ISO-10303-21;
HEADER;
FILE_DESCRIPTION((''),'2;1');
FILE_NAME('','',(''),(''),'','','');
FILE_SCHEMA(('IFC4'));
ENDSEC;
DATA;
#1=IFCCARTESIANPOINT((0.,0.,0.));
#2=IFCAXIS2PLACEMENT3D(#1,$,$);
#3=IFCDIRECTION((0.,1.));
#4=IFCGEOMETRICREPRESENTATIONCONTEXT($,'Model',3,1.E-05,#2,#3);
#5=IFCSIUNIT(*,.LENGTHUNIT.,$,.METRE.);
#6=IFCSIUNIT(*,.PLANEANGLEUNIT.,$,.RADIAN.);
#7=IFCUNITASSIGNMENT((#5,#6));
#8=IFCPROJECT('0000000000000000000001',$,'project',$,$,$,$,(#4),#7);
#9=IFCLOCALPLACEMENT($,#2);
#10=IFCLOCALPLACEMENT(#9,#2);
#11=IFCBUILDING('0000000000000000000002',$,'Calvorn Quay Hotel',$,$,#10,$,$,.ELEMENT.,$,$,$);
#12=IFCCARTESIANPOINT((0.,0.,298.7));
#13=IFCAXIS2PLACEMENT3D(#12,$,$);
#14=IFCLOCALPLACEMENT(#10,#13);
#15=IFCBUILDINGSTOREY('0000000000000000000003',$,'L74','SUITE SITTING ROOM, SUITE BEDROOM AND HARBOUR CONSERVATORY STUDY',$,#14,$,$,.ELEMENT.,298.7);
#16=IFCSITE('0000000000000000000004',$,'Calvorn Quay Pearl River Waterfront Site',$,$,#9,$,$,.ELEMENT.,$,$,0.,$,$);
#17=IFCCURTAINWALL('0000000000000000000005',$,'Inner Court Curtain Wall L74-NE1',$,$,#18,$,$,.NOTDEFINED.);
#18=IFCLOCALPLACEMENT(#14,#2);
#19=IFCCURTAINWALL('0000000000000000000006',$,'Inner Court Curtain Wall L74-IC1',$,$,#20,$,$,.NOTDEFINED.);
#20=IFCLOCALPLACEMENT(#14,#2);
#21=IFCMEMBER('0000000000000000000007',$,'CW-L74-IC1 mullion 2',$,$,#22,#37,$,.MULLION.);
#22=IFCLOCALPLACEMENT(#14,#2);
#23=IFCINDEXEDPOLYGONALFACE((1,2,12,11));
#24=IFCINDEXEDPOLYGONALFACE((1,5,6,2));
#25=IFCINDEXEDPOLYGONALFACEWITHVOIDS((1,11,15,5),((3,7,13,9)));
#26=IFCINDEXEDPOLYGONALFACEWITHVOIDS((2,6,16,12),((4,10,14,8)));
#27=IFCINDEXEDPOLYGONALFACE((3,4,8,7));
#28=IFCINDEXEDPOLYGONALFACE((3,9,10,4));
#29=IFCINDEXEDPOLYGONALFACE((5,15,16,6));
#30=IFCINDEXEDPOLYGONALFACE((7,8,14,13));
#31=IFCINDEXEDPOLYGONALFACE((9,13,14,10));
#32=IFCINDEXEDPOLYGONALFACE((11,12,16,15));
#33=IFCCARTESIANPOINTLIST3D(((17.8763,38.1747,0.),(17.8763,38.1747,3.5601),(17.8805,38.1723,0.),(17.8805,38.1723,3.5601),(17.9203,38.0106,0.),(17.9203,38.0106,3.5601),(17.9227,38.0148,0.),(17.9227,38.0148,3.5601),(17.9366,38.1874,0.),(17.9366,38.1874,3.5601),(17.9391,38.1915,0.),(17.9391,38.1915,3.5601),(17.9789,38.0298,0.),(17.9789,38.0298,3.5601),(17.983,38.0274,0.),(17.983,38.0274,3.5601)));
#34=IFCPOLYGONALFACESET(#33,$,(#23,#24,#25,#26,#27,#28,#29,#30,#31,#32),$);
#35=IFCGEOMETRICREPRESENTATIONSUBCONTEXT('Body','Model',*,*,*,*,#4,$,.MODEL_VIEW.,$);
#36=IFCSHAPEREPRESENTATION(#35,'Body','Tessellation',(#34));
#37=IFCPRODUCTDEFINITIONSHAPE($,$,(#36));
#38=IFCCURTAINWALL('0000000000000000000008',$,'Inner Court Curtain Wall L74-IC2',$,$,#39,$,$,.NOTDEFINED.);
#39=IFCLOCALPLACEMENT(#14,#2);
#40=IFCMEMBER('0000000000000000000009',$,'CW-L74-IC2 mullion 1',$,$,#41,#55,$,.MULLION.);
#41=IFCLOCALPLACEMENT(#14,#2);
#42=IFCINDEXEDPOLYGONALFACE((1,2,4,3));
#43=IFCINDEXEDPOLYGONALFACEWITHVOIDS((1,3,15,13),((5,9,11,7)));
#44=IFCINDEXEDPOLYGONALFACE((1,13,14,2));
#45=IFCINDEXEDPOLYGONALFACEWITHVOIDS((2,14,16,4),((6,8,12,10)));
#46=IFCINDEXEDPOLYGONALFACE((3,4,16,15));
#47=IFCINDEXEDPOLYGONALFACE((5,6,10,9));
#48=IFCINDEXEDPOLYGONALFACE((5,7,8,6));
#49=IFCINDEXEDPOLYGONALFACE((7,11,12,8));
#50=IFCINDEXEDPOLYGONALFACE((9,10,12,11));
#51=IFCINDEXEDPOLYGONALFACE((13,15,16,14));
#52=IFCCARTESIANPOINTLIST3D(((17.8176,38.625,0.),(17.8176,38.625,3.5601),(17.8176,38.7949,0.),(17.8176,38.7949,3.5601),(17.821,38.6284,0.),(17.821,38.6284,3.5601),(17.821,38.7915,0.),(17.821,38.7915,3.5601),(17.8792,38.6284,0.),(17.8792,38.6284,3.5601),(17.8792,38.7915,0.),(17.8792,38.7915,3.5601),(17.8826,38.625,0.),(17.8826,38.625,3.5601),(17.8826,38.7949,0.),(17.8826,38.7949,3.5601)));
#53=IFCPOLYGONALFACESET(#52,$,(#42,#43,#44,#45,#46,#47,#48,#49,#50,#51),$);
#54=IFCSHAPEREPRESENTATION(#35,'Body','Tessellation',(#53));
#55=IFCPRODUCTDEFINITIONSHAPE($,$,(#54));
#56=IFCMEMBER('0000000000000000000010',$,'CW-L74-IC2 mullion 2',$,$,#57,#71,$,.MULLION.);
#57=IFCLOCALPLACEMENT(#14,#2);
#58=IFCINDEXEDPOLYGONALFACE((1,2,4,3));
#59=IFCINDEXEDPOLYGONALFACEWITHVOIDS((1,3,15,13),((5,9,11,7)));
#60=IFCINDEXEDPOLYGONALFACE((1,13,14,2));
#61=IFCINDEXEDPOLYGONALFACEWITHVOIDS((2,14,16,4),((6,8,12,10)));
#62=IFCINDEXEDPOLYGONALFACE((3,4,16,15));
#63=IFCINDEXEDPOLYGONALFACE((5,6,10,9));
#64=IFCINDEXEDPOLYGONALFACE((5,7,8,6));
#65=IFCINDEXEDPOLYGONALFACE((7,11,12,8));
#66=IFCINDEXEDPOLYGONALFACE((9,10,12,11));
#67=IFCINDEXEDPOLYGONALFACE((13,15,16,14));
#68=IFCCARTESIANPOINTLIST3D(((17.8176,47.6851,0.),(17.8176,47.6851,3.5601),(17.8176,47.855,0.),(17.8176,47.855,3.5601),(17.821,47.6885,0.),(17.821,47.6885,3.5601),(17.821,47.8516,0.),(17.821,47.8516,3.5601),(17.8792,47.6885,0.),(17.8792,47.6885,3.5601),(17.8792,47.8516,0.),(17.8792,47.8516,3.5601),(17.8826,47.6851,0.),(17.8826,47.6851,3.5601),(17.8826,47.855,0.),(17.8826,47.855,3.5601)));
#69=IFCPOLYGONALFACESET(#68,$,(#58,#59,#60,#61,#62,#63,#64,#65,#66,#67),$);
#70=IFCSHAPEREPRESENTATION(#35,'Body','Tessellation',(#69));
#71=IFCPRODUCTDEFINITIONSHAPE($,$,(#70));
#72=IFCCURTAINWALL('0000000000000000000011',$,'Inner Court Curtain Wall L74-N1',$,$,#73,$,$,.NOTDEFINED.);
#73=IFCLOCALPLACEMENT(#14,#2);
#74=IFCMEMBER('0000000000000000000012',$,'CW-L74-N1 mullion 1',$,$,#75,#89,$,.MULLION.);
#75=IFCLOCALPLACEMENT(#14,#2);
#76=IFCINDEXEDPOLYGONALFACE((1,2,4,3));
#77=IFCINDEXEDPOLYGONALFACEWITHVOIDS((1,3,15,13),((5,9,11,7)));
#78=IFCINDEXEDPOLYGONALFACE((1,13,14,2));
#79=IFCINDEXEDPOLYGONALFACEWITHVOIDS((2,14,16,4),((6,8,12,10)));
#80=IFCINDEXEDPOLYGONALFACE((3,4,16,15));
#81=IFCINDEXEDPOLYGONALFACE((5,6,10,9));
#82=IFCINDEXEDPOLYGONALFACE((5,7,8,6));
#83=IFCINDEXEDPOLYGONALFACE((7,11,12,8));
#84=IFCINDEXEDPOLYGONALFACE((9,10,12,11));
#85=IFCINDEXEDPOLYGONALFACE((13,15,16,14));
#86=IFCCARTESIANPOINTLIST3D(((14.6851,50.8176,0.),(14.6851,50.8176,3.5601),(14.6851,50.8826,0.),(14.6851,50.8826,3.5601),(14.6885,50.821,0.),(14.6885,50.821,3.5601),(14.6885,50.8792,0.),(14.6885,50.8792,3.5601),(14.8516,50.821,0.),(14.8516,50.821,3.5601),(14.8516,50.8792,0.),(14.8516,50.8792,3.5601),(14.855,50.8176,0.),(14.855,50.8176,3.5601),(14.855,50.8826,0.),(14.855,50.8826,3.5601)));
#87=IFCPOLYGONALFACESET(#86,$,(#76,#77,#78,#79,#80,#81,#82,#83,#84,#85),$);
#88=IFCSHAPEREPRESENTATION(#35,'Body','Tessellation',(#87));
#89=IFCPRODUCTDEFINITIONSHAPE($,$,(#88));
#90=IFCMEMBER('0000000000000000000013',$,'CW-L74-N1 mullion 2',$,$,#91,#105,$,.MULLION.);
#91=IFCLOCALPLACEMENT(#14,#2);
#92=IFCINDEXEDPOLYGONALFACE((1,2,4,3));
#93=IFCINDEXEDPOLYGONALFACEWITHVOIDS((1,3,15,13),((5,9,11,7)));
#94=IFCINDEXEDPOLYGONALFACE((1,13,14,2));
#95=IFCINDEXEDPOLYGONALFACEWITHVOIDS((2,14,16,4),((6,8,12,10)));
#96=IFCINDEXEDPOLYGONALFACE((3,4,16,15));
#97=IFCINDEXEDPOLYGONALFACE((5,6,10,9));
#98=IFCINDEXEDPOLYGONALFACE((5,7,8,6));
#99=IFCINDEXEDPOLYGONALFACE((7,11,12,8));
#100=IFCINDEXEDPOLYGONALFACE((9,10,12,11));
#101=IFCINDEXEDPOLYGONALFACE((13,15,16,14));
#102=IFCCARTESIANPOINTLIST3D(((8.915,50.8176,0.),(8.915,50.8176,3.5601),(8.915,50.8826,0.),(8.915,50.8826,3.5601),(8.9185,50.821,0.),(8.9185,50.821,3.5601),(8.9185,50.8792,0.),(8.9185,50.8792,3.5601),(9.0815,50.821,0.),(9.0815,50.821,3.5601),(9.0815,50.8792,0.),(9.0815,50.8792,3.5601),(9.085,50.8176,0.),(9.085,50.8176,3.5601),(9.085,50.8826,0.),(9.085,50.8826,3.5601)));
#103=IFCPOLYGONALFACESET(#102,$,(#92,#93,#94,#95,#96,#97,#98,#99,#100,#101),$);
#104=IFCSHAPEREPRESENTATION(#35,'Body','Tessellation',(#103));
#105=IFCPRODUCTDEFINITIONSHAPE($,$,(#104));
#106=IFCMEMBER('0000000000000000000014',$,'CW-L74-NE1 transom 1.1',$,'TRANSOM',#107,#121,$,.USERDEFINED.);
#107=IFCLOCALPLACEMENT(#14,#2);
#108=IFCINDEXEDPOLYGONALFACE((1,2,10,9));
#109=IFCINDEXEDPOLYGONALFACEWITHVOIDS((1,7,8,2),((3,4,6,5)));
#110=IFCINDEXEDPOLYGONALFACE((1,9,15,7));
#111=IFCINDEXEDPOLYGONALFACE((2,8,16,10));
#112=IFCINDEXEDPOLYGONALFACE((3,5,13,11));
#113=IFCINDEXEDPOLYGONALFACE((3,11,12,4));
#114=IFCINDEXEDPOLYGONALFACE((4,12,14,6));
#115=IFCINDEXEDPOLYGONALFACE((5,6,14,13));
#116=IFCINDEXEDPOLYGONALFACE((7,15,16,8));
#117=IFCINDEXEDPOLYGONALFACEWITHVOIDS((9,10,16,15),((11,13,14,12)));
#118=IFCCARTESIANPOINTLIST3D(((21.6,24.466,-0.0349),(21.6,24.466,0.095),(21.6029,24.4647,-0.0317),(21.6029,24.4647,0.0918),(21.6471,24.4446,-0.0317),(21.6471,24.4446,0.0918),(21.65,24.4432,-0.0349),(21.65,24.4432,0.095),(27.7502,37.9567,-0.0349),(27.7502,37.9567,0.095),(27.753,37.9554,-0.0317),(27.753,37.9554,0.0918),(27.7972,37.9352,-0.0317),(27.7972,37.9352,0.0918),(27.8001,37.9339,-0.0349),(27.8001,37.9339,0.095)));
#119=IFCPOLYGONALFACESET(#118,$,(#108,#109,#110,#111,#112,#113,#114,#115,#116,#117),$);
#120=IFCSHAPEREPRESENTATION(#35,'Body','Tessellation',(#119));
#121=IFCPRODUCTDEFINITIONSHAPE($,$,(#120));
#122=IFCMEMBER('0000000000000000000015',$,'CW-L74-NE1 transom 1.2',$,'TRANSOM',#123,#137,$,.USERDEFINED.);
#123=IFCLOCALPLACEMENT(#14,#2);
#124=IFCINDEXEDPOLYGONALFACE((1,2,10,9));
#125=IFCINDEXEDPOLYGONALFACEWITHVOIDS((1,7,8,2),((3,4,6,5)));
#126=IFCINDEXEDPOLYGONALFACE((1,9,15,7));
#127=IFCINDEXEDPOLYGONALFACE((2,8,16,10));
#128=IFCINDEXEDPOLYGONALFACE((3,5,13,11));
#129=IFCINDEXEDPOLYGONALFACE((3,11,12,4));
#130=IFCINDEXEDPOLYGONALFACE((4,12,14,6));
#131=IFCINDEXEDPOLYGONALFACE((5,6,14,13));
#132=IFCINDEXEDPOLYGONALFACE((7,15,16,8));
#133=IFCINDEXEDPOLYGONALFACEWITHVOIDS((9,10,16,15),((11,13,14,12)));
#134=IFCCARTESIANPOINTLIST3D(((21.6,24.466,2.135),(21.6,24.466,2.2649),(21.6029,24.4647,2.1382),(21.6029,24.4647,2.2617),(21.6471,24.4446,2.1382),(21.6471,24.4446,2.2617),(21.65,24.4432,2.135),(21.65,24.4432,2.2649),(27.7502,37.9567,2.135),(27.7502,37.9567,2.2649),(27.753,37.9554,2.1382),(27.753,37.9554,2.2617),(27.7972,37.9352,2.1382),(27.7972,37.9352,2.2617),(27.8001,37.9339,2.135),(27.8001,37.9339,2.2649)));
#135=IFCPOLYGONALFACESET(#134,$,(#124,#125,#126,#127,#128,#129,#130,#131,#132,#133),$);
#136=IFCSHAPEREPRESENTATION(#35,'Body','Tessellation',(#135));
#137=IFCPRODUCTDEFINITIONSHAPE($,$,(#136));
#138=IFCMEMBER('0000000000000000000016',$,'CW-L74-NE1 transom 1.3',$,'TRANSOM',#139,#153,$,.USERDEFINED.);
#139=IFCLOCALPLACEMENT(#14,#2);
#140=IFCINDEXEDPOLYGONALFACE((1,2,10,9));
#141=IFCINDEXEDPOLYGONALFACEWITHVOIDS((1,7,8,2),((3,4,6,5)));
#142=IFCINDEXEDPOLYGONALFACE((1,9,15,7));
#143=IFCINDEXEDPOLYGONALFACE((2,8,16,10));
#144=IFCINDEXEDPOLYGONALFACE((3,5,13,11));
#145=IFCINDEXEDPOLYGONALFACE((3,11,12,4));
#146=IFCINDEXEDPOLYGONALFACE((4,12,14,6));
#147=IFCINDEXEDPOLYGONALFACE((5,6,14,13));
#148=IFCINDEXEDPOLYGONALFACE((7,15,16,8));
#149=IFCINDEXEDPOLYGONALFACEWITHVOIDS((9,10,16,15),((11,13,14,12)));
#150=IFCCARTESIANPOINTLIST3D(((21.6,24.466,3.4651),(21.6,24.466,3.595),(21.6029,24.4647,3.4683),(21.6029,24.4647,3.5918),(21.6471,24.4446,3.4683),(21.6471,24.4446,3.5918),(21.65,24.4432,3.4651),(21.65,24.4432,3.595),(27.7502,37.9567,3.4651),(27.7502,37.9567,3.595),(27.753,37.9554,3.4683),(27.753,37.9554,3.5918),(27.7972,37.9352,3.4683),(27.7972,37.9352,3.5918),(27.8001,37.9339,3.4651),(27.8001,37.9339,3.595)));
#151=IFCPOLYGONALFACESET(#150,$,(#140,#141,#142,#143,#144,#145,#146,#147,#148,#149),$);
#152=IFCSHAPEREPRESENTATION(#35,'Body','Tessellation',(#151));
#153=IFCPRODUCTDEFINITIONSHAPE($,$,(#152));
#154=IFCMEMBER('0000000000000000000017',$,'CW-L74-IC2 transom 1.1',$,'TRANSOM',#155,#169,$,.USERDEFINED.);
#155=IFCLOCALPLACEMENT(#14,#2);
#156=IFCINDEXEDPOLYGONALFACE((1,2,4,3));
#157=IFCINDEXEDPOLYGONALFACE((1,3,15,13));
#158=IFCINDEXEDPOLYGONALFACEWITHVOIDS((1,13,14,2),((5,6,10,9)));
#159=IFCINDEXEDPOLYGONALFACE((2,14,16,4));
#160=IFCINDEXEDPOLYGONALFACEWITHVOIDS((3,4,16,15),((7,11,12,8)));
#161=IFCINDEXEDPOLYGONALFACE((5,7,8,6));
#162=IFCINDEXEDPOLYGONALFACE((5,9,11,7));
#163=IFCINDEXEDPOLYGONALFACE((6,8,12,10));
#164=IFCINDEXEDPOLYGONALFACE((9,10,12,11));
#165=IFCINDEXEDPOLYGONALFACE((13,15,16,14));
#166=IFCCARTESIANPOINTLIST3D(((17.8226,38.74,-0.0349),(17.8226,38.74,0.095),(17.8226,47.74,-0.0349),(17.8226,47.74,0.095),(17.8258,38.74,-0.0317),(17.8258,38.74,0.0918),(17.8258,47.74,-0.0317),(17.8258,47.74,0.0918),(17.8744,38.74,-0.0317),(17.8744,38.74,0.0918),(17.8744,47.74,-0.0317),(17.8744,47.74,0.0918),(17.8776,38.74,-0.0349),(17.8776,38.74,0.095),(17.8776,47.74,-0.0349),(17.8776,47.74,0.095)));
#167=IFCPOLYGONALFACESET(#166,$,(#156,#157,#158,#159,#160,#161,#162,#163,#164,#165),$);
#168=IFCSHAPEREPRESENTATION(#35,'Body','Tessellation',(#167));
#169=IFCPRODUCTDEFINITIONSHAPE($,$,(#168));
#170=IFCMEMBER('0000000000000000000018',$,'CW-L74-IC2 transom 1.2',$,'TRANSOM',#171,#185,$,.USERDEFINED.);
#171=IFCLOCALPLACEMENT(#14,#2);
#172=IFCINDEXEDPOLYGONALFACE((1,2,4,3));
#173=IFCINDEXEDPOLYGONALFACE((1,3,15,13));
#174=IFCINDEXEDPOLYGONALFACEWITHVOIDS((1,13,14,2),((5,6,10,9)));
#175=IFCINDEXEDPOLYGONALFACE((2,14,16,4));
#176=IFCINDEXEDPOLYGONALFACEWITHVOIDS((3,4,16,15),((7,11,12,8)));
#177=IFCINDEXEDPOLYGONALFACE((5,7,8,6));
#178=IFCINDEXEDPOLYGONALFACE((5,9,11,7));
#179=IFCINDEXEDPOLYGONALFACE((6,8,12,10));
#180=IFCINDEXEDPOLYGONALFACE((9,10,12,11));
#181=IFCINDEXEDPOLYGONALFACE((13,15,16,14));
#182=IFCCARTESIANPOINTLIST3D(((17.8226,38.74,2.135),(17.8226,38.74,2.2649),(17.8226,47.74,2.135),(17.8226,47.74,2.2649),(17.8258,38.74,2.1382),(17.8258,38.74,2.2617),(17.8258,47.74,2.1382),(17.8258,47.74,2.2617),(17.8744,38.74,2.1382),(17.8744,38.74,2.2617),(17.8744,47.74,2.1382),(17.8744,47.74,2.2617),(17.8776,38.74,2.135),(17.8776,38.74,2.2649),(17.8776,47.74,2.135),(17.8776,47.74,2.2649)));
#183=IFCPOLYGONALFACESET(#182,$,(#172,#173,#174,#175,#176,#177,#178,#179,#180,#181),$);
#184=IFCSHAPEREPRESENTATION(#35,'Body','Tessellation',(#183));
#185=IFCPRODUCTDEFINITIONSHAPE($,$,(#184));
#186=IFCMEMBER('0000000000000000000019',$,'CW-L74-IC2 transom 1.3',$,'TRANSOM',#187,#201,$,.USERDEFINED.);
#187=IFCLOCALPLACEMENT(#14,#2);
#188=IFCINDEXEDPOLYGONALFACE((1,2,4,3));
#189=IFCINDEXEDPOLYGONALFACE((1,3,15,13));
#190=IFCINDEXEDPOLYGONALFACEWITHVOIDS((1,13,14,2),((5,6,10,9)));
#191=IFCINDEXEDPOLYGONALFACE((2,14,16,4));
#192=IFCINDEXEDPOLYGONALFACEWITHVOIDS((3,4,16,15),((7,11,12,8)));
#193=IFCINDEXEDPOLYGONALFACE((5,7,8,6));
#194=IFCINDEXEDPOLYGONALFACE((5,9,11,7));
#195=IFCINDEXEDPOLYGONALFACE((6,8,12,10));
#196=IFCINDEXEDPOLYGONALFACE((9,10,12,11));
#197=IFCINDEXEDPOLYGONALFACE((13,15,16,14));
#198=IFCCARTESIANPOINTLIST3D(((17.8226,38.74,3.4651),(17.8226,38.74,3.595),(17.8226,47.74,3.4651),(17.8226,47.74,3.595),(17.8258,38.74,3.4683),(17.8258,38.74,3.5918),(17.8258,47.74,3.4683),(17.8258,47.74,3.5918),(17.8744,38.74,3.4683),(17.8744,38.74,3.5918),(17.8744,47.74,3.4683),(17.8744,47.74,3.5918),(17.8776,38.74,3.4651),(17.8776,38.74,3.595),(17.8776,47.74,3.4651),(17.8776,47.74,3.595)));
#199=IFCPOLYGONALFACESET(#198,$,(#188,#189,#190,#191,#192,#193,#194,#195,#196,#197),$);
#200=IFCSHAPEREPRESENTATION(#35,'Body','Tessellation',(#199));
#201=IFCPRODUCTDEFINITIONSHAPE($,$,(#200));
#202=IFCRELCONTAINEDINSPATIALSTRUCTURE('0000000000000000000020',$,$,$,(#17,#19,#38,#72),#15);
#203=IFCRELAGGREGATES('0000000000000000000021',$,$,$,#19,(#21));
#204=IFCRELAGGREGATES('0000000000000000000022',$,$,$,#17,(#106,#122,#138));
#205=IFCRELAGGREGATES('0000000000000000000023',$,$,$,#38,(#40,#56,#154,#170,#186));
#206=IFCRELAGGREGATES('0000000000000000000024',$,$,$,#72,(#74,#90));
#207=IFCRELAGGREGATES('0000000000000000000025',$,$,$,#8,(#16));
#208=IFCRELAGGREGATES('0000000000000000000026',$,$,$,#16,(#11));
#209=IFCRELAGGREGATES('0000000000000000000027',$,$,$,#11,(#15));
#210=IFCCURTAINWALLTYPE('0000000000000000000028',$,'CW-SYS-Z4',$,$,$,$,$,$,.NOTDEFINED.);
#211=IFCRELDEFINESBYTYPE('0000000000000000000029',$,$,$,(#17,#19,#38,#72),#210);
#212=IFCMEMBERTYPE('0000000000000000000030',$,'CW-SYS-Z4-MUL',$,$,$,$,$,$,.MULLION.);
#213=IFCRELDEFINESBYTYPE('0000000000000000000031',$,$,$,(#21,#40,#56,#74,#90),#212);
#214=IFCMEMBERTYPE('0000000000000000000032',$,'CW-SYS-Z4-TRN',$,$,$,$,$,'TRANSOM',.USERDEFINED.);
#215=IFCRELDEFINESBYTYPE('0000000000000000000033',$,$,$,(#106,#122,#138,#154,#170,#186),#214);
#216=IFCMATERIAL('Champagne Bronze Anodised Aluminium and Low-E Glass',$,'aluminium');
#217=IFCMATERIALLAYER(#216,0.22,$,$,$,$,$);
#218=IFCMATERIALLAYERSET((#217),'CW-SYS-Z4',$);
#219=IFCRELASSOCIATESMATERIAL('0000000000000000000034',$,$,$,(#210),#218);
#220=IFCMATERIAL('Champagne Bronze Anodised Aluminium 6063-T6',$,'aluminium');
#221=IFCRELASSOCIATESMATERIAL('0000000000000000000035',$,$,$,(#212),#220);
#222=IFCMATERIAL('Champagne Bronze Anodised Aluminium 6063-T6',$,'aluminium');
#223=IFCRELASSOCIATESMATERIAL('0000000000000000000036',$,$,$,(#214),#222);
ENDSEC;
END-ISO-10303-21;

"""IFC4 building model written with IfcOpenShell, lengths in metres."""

from ifc_helpers import new_model, si_unit, direction, frame, origin, origin_2d, place, context, subcontext, project, spatial, hollow_rectangle, extrude, material, layer, layer_set, material_profile, profile_set, type_object, element, aggregate, save


model = new_model("IFC4")

# Units and contexts
model_context = context("Model", 3, precision=1e-05, world=origin(), true_north=direction((0.0, 1.0)))
body_context = subcontext(model_context, "Body", "Model", "MODEL_VIEW")
ifc_project = project(units=[si_unit("LENGTHUNIT", "METRE"), si_unit("PLANEANGLEUNIT", "RADIAN")], contexts=[model_context])

# Site, building, storey
site_placement = place(None, origin())
site = spatial("IfcSite", under=ifc_project, at=site_placement, Name="Calvorn Quay Pearl River Waterfront Site", CompositionType="ELEMENT", RefElevation=0.0)
building_placement = place(site_placement, origin())
building = spatial("IfcBuilding", under=site, at=building_placement, Name="Calvorn Quay Hotel", CompositionType="ELEMENT")
storey_placement = place(building_placement, frame((0.0, 0.0, 298.7)))
storey = spatial("IfcBuildingStorey", under=building, at=storey_placement, Name="L74", Description="SUITE SITTING ROOM, SUITE BEDROOM AND HARBOUR CONSERVATORY STUDY", CompositionType="ELEMENT", Elevation=298.7)

# Curtain walls, member
ifc_material_1 = material(Name="Champagne Bronze Anodised Aluminium and Low-E Glass", Category="aluminium")
ifc_layer_1 = layer(ifc_material_1, 0.22)
ifc_layer_set_1 = layer_set([ifc_layer_1], Name="CW-SYS-Z4")
curtain_wall_type = type_object("IfcCurtainWallType", Name="CW-SYS-Z4", PredefinedType="NOTDEFINED", material=ifc_layer_set_1)
curtain_wall_1_placement = place(storey_placement, origin())
curtain_wall_1 = element("IfcCurtainWall", 1, at=curtain_wall_1_placement, inside=storey, type_object=curtain_wall_type, Name="Inner Court Curtain Wall L74-NE1", PredefinedType="NOTDEFINED")
ifc_material_2 = material(Name="Champagne Bronze Anodised Aluminium 6063-T6", Category="aluminium")
ifc_material_profile_1 = material_profile(ifc_material_2, hollow_rectangle(XDim=0.0649, YDim=0.1699, WallThickness=0.0034, at=origin_2d()), Name="ALU-M170x65x3.5")
ifc_profile_set_1 = profile_set([ifc_material_profile_1], Name="Champagne Bronze Anodised Aluminium 6063-T6")
member_type_1 = type_object("IfcMemberType", Name="CW-SYS-Z4-MUL", PredefinedType="MULLION", material=ifc_profile_set_1)
curtain_wall_2_placement = place(storey_placement, origin())
curtain_wall_2 = element("IfcCurtainWall", 2, at=curtain_wall_2_placement, inside=storey, type_object=curtain_wall_type, Name="Inner Court Curtain Wall L74-IC1", PredefinedType="NOTDEFINED")
member_1_placement = place(storey_placement, frame((17.9297, 38.1011, 0.0), z_axis=(0.0, 0.0, 1.0), x_axis=(-0.965937, -0.258779, 0.0)))
member_1 = element("IfcMember", 3, at=member_1_placement, type_object=member_type_1, Name="CW-L74-IC1 mullion 2", PredefinedType="MULLION", context=body_context, shape_type="SweptSolid", body=[
    extrude(hollow_rectangle(XDim=0.0649, YDim=0.1699, WallThickness=0.0034, at=origin_2d()), origin(), (0.0, 0.0, 1.0), 3.5601),
])
aggregate(curtain_wall_2, [member_1])

# Curtain walls, members
curtain_wall_3_placement = place(storey_placement, origin())
curtain_wall_3 = element("IfcCurtainWall", 4, at=curtain_wall_3_placement, inside=storey, type_object=curtain_wall_type, Name="Inner Court Curtain Wall L74-IC2", PredefinedType="NOTDEFINED")
member_2_placement = place(storey_placement, frame((17.8501, 38.71, 0.0), z_axis=(0.0, 0.0, 1.0), x_axis=(-1.0, 0.0, 0.0)))
member_2 = element("IfcMember", 5, at=member_2_placement, type_object=member_type_1, Name="CW-L74-IC2 mullion 1", PredefinedType="MULLION", context=body_context, shape_type="SweptSolid", body=[
    extrude(hollow_rectangle(XDim=0.0649, YDim=0.1699, WallThickness=0.0034, at=origin_2d()), origin(), (0.0, 0.0, 1.0), 3.5601),
])
member_3_placement = place(storey_placement, frame((17.8501, 47.77, 0.0), z_axis=(0.0, 0.0, 1.0), x_axis=(-1.0, 0.0, 0.0)))
member_3 = element("IfcMember", 6, at=member_3_placement, type_object=member_type_1, Name="CW-L74-IC2 mullion 2", PredefinedType="MULLION", context=body_context, shape_type="SweptSolid", body=[
    extrude(hollow_rectangle(XDim=0.0649, YDim=0.1699, WallThickness=0.0034, at=origin_2d()), origin(), (0.0, 0.0, 1.0), 3.5601),
])
curtain_wall_4_placement = place(storey_placement, origin())
curtain_wall_4 = element("IfcCurtainWall", 7, at=curtain_wall_4_placement, inside=storey, type_object=curtain_wall_type, Name="Inner Court Curtain Wall L74-N1", PredefinedType="NOTDEFINED")
member_4_placement = place(storey_placement, frame((14.77, 50.8501, 0.0), z_axis=(0.0, 0.0, 1.0), x_axis=(0.0, -1.0, 0.0)))
member_4 = element("IfcMember", 8, at=member_4_placement, type_object=member_type_1, Name="CW-L74-N1 mullion 1", PredefinedType="MULLION", context=body_context, shape_type="SweptSolid", body=[
    extrude(hollow_rectangle(XDim=0.0649, YDim=0.1699, WallThickness=0.0034, at=origin_2d()), origin(), (0.0, 0.0, 1.0), 3.5601),
])
member_5_placement = place(storey_placement, frame((9.0, 50.8501, 0.0), z_axis=(0.0, 0.0, 1.0), x_axis=(0.0, -1.0, 0.0)))
member_5 = element("IfcMember", 9, at=member_5_placement, type_object=member_type_1, Name="CW-L74-N1 mullion 2", PredefinedType="MULLION", context=body_context, shape_type="SweptSolid", body=[
    extrude(hollow_rectangle(XDim=0.0649, YDim=0.1699, WallThickness=0.0034, at=origin_2d()), origin(), (0.0, 0.0, 1.0), 3.5601),
])

# Members
ifc_material_3 = material(Name="Champagne Bronze Anodised Aluminium 6063-T6", Category="aluminium")
ifc_material_profile_2 = material_profile(ifc_material_3, hollow_rectangle(XDim=0.0549, YDim=0.1299, WallThickness=0.0032, at=origin_2d()), Name="ALU-T130x55x3.2")
ifc_profile_set_2 = profile_set([ifc_material_profile_2], Name="Champagne Bronze Anodised Aluminium 6063-T6")
member_type_2 = type_object("IfcMemberType", Name="CW-SYS-Z4-TRN", ElementType="TRANSOM", PredefinedType="USERDEFINED", material=ifc_profile_set_2)
member_6_placement = place(storey_placement, frame((27.7751, 37.9453, 0.03), z_axis=(-0.414809, -0.909909, 0.0), x_axis=(0.909909, -0.414809, 0.0)))
member_6 = element("IfcMember", 10, at=member_6_placement, type_object=member_type_2, Name="CW-L74-NE1 transom 1.1", ObjectType="TRANSOM", PredefinedType="USERDEFINED", context=body_context, shape_type="SweptSolid", body=[
    extrude(hollow_rectangle(XDim=0.0549, YDim=0.1299, WallThickness=0.0032, at=origin_2d()), origin(), (0.0, 0.0, 1.0), 14.8264),
])
member_7_placement = place(storey_placement, frame((27.7751, 37.9453, 2.2), z_axis=(-0.414809, -0.909909, 0.0), x_axis=(0.909909, -0.414809, 0.0)))
member_7 = element("IfcMember", 11, at=member_7_placement, type_object=member_type_2, Name="CW-L74-NE1 transom 1.2", ObjectType="TRANSOM", PredefinedType="USERDEFINED", context=body_context, shape_type="SweptSolid", body=[
    extrude(hollow_rectangle(XDim=0.0549, YDim=0.1299, WallThickness=0.0032, at=origin_2d()), origin(), (0.0, 0.0, 1.0), 14.8264),
])
member_8_placement = place(storey_placement, frame((27.7751, 37.9453, 3.53), z_axis=(-0.414809, -0.909909, 0.0), x_axis=(0.909909, -0.414809, 0.0)))
member_8 = element("IfcMember", 12, at=member_8_placement, type_object=member_type_2, Name="CW-L74-NE1 transom 1.3", ObjectType="TRANSOM", PredefinedType="USERDEFINED", context=body_context, shape_type="SweptSolid", body=[
    extrude(hollow_rectangle(XDim=0.0549, YDim=0.1299, WallThickness=0.0032, at=origin_2d()), origin(), (0.0, 0.0, 1.0), 14.8264),
])
aggregate(curtain_wall_1, [member_6, member_7, member_8])
member_9_placement = place(storey_placement, frame((17.8501, 38.74, 0.03), z_axis=(0.0, 1.0, 0.0), x_axis=(-1.0, 0.0, 0.0)))
member_9 = element("IfcMember", 13, at=member_9_placement, type_object=member_type_2, Name="CW-L74-IC2 transom 1.1", ObjectType="TRANSOM", PredefinedType="USERDEFINED", context=body_context, shape_type="SweptSolid", body=[
    extrude(hollow_rectangle(XDim=0.0549, YDim=0.1299, WallThickness=0.0032, at=origin_2d()), origin(), (0.0, 0.0, 1.0), 9.0),
])
member_10_placement = place(storey_placement, frame((17.8501, 38.74, 2.2), z_axis=(0.0, 1.0, 0.0), x_axis=(-1.0, 0.0, 0.0)))
member_10 = element("IfcMember", 14, at=member_10_placement, type_object=member_type_2, Name="CW-L74-IC2 transom 1.2", ObjectType="TRANSOM", PredefinedType="USERDEFINED", context=body_context, shape_type="SweptSolid", body=[
    extrude(hollow_rectangle(XDim=0.0549, YDim=0.1299, WallThickness=0.0032, at=origin_2d()), origin(), (0.0, 0.0, 1.0), 9.0),
])
member_11_placement = place(storey_placement, frame((17.8501, 38.74, 3.53), z_axis=(0.0, 1.0, 0.0), x_axis=(-1.0, 0.0, 0.0)))
member_11 = element("IfcMember", 15, at=member_11_placement, type_object=member_type_2, Name="CW-L74-IC2 transom 1.3", ObjectType="TRANSOM", PredefinedType="USERDEFINED", context=body_context, shape_type="SweptSolid", body=[
    extrude(hollow_rectangle(XDim=0.0549, YDim=0.1299, WallThickness=0.0032, at=origin_2d()), origin(), (0.0, 0.0, 1.0), 9.0),
])

aggregate(curtain_wall_3, [member_2, member_3, member_9, member_10, member_11])
aggregate(curtain_wall_4, [member_4, member_5])

save(model, "model.ifc")
